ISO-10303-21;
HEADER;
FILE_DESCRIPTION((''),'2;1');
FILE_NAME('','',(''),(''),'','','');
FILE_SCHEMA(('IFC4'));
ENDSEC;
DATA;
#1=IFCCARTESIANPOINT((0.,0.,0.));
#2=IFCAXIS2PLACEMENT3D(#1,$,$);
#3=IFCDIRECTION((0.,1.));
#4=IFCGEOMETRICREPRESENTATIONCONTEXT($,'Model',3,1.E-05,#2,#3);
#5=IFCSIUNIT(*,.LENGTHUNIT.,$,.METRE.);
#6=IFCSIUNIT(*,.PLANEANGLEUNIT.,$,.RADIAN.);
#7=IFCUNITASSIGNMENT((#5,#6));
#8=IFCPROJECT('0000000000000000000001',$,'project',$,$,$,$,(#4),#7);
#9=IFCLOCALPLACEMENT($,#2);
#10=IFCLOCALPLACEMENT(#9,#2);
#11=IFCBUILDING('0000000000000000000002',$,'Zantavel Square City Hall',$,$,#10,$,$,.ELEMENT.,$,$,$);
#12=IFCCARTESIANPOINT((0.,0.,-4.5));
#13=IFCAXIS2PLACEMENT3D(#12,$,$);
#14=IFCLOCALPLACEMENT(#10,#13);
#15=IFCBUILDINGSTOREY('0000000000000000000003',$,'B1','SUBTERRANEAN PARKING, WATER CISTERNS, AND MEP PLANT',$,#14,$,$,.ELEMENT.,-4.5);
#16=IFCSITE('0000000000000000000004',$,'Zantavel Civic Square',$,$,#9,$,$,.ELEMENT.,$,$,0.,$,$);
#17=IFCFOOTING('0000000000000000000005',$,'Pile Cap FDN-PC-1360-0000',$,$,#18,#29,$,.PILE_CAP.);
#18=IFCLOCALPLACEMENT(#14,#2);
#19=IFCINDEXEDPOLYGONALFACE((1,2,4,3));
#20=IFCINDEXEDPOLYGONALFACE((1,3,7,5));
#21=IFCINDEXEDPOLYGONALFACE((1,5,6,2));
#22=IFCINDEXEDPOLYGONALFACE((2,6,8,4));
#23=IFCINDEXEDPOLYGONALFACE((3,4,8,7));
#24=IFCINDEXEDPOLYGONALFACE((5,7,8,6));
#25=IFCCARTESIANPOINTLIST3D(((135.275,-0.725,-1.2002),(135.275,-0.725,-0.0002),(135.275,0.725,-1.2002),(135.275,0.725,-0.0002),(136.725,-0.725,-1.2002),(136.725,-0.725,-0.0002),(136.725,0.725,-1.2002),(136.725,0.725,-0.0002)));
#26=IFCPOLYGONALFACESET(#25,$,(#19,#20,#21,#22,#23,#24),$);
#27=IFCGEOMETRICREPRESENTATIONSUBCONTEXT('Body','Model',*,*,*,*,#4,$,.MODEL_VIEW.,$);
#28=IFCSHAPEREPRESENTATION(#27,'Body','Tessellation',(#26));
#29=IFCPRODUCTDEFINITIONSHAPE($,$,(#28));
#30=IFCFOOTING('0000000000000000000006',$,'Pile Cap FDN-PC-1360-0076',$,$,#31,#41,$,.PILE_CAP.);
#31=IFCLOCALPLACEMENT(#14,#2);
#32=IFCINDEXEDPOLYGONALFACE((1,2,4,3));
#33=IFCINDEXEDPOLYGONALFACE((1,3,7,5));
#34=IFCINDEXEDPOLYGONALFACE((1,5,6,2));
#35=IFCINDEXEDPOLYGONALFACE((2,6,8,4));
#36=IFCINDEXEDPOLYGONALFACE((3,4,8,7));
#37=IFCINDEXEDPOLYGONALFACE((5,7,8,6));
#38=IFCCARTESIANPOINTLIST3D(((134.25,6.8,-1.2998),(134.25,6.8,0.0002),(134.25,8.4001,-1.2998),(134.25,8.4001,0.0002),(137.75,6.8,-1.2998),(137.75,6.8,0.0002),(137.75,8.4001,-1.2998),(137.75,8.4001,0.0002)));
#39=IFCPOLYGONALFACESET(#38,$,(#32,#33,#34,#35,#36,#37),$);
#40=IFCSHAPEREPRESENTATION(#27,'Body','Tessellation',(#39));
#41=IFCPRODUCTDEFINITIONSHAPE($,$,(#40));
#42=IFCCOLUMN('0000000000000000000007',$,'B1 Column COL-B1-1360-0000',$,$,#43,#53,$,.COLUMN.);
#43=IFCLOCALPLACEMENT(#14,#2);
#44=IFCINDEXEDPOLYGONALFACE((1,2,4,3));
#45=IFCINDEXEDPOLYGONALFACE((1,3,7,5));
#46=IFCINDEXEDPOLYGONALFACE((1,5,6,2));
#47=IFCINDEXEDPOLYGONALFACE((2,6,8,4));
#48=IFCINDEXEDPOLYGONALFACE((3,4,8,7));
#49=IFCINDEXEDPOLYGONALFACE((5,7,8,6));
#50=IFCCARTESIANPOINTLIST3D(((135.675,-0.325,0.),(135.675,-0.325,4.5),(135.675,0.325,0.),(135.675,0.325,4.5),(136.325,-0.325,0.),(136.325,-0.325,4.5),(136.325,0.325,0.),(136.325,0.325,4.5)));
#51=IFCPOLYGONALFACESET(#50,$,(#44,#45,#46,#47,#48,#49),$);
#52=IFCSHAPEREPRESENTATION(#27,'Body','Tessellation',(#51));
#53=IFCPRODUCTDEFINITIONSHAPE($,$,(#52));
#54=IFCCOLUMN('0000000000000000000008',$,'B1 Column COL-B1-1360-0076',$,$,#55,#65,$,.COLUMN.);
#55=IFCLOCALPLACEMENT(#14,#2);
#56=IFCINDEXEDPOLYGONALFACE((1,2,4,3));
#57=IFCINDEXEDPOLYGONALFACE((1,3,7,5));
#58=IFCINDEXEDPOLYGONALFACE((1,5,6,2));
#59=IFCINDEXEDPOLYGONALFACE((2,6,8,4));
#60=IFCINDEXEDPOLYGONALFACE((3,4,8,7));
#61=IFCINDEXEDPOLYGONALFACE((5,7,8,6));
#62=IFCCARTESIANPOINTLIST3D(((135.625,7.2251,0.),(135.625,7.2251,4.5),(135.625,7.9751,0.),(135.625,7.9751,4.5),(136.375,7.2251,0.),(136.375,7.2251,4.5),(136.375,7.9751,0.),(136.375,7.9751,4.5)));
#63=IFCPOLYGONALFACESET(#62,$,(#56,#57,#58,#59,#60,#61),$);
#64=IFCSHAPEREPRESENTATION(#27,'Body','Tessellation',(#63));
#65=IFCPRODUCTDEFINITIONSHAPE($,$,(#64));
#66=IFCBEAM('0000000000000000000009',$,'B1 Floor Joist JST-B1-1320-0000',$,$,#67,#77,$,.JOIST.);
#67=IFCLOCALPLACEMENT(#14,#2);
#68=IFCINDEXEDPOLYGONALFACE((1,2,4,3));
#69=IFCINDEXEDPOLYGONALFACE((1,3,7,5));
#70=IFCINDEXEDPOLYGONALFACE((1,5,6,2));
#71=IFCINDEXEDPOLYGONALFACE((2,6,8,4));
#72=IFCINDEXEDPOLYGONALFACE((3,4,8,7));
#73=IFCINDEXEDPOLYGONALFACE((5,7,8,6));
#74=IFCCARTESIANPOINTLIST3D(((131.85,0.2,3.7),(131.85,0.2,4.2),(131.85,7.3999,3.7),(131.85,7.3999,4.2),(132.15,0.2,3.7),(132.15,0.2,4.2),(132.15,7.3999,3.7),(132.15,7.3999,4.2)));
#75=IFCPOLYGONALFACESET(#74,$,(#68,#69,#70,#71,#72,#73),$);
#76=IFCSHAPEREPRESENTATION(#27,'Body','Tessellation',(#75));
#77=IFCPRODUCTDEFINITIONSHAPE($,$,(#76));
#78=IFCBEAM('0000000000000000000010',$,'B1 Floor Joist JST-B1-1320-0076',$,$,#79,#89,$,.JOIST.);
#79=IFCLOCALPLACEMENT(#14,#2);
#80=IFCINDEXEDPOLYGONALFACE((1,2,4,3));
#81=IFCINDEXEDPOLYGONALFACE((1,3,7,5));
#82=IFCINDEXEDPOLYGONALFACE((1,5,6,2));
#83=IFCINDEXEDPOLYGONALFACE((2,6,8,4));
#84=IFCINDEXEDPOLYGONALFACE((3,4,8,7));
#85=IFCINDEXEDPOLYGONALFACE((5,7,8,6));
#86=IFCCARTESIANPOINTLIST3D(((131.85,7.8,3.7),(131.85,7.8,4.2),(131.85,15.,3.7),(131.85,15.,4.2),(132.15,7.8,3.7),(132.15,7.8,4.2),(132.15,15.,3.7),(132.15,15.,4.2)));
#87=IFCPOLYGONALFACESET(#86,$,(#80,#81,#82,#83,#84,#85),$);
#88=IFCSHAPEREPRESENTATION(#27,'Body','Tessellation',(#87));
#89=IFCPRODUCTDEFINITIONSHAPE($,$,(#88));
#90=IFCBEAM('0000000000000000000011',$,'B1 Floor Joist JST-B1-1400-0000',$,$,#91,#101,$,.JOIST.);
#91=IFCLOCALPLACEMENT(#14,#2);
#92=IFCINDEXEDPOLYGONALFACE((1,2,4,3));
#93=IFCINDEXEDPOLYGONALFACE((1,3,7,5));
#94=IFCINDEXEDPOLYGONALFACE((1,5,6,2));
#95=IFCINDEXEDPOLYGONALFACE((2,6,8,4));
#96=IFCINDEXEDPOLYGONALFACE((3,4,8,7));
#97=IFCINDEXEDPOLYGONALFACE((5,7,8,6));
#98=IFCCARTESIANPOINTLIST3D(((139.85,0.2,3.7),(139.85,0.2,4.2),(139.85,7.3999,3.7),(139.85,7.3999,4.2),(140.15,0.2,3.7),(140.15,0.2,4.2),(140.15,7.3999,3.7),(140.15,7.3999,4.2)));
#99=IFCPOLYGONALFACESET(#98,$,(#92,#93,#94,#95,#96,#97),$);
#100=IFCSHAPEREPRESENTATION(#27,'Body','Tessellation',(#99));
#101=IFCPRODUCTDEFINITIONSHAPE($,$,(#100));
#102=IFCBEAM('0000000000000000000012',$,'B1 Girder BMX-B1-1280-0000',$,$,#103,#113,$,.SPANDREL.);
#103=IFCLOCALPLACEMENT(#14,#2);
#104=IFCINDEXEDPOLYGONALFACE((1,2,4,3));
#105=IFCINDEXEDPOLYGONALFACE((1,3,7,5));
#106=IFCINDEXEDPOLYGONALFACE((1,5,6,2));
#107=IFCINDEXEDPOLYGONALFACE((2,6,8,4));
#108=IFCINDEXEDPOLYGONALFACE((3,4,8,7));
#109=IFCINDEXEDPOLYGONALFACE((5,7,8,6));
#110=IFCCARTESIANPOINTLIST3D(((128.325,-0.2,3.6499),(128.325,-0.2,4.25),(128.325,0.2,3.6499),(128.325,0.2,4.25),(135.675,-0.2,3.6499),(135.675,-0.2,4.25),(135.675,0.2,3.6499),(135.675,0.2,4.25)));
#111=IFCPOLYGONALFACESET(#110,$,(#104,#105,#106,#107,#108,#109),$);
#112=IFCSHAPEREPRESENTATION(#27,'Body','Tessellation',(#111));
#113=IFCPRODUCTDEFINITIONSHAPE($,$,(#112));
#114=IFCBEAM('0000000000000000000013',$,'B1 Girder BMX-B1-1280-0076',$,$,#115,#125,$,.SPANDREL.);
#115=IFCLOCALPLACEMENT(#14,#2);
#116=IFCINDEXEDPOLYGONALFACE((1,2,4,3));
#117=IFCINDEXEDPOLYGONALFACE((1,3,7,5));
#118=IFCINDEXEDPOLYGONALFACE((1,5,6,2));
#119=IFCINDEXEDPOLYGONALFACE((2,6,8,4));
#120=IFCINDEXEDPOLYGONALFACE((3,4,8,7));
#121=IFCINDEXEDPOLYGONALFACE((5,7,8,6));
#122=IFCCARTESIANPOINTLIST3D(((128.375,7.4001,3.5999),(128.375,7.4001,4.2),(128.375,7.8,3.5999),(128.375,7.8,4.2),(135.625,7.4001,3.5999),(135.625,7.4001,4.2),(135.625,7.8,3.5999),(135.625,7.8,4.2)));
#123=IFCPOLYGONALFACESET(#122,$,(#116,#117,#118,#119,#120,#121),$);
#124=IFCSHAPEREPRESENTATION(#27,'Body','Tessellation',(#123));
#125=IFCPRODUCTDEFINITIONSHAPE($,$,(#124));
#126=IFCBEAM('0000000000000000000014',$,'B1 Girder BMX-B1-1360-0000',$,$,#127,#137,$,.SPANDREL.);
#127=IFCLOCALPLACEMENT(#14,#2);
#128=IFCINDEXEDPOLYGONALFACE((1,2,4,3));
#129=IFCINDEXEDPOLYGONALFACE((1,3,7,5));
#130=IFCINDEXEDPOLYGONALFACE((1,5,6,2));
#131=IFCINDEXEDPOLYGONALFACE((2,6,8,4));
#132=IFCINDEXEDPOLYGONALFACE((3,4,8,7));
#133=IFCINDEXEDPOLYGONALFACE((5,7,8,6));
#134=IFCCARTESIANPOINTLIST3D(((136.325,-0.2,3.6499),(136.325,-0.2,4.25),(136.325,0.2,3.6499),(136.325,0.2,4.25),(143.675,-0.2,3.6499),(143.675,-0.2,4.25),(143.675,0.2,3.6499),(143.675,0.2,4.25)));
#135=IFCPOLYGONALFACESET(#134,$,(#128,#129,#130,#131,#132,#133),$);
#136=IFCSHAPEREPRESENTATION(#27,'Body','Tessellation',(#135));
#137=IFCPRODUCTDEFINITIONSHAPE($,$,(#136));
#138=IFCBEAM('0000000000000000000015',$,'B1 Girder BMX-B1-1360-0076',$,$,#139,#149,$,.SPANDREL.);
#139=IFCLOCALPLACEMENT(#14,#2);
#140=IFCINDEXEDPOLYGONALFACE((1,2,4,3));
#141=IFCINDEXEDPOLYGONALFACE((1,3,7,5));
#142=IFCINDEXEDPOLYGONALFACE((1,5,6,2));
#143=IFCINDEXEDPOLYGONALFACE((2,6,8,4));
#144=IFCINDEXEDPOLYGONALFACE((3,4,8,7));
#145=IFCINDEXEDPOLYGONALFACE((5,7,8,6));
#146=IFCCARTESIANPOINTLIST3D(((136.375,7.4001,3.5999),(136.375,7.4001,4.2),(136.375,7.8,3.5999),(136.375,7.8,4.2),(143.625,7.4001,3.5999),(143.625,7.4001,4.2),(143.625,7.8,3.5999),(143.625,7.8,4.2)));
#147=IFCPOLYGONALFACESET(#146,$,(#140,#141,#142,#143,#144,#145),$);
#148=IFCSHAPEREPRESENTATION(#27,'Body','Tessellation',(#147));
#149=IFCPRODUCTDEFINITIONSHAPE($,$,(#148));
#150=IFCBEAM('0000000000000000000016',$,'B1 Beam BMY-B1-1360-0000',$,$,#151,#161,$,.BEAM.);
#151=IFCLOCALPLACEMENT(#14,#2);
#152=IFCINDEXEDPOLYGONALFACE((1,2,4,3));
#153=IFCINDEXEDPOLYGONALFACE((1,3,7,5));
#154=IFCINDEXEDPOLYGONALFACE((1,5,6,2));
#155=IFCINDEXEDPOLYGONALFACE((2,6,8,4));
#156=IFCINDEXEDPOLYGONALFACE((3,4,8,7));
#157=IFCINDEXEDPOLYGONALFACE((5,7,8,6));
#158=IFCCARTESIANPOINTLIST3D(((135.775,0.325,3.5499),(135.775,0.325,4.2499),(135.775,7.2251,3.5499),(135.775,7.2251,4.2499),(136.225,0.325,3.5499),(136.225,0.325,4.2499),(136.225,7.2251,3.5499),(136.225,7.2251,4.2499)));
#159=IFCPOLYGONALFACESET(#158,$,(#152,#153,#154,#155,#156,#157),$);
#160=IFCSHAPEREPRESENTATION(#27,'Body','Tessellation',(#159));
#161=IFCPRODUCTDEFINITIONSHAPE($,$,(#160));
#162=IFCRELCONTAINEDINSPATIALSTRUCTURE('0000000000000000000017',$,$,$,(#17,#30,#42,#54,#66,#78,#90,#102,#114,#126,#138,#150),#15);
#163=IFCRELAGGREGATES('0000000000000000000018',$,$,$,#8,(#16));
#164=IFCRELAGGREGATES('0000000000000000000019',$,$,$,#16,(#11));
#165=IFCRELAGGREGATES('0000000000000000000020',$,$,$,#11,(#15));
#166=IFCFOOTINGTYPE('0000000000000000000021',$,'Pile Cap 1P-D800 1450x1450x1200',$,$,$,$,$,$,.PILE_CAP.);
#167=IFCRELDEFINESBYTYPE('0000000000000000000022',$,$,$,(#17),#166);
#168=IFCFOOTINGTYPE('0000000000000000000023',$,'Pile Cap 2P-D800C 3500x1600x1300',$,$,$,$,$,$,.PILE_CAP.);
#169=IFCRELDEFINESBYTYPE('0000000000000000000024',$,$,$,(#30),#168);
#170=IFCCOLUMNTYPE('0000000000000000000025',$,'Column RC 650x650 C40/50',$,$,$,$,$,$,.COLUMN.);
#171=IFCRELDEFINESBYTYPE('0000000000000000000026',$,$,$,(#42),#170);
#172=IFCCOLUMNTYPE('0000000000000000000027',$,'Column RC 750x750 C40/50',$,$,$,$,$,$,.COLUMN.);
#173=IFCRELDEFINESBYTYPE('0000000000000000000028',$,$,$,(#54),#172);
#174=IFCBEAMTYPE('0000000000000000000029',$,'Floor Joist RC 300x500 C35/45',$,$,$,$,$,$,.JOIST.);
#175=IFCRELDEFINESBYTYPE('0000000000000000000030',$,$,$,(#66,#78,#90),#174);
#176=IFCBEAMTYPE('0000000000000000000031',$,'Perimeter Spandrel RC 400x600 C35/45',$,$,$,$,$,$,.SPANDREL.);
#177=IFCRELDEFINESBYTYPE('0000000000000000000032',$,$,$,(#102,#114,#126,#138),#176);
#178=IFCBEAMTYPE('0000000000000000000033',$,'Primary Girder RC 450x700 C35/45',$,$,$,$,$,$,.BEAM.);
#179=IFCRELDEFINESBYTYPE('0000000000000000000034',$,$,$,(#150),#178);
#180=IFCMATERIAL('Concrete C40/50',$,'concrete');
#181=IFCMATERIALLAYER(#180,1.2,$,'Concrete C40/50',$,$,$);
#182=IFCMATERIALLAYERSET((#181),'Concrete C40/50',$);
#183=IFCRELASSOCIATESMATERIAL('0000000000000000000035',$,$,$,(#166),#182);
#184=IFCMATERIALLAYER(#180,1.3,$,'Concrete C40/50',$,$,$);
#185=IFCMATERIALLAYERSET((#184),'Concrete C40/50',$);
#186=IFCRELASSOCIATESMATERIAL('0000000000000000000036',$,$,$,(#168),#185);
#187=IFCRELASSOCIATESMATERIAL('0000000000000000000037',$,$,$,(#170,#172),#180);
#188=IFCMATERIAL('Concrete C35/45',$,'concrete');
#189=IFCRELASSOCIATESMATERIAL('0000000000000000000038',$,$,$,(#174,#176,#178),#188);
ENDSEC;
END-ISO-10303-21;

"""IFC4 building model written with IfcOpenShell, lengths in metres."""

from ifc_helpers import new_model, si_unit, direction, frame, origin, origin_2d, place, context, subcontext, project, spatial, rectangle, extrude, material, layer, layer_set, material_profile, profile_set, type_object, element, save


model = new_model("IFC4")

# Units and contexts
model_context = context("Model", 3, precision=1e-05, world=origin(), true_north=direction((0.0, 1.0)))
body_context = subcontext(model_context, "Body", "Model", "MODEL_VIEW")
ifc_project = project(units=[si_unit("LENGTHUNIT", "METRE"), si_unit("PLANEANGLEUNIT", "RADIAN")], contexts=[model_context])

# Site, building, storey
site_placement = place(None, origin())
site = spatial("IfcSite", under=ifc_project, at=site_placement, Name="Zantavel Civic Square", CompositionType="ELEMENT", RefElevation=0.0)
building_placement = place(site_placement, origin())
building = spatial("IfcBuilding", under=site, at=building_placement, Name="Zantavel Square City Hall", CompositionType="ELEMENT")
storey_placement = place(building_placement, frame((0.0, 0.0, -4.5)))
storey = spatial("IfcBuildingStorey", under=building, at=storey_placement, Name="B1", Description="SUBTERRANEAN PARKING, WATER CISTERNS, AND MEP PLANT", CompositionType="ELEMENT", Elevation=-4.5)

# Shared definitions
ifc_material_1 = material(Name="Concrete C35/45", Category="concrete")

# Footings
ifc_material_2 = material(Name="Concrete C40/50", Category="concrete")
ifc_layer_1 = layer(ifc_material_2, 1.2, Name="Concrete C40/50")
ifc_layer_set_1 = layer_set([ifc_layer_1], Name="Concrete C40/50")
footing_type_1 = type_object("IfcFootingType", Name="Pile Cap 1P-D800 1450x1450x1200", PredefinedType="PILE_CAP", material=ifc_layer_set_1)
footing_1_placement = place(storey_placement, frame((136.0, 0.0, -1.2002), z_axis=(0.0, 0.0, 1.0), x_axis=(1.0, 0.0, 0.0)))
element("IfcFooting", 1, at=footing_1_placement, inside=storey, type_object=footing_type_1, Name="Pile Cap FDN-PC-1360-0000", PredefinedType="PILE_CAP", context=body_context, shape_type="SweptSolid", body=[
    extrude(rectangle(XDim=1.45, YDim=1.45, at=origin_2d()), origin(), (0.0, 0.0, 1.0), 1.2),
])
ifc_layer_2 = layer(ifc_material_2, 1.3, Name="Concrete C40/50")
ifc_layer_set_2 = layer_set([ifc_layer_2], Name="Concrete C40/50")
footing_type_2 = type_object("IfcFootingType", Name="Pile Cap 2P-D800C 3500x1600x1300", PredefinedType="PILE_CAP", material=ifc_layer_set_2)
footing_2_placement = place(storey_placement, frame((136.0, 7.6001, -1.2998), z_axis=(0.0, 0.0, 1.0), x_axis=(1.0, 0.0, 0.0)))
element("IfcFooting", 2, at=footing_2_placement, inside=storey, type_object=footing_type_2, Name="Pile Cap FDN-PC-1360-0076", PredefinedType="PILE_CAP", context=body_context, shape_type="SweptSolid", body=[
    extrude(rectangle(XDim=3.5, YDim=1.6001, at=origin_2d()), origin(), (0.0, 0.0, 1.0), 1.3),
])

# Columns
ifc_material_profile_1 = material_profile(ifc_material_2, rectangle(XDim=0.6499, YDim=0.6499, at=origin_2d()), Name="RC 650x650")
ifc_profile_set_1 = profile_set([ifc_material_profile_1], Name="Concrete C40/50")
column_type_1 = type_object("IfcColumnType", Name="Column RC 650x650 C40/50", PredefinedType="COLUMN", material=ifc_profile_set_1)
column_1_placement = place(storey_placement, frame((136.0, 0.0, 0.0), z_axis=(0.0, 0.0, 1.0), x_axis=(1.0, 0.0, 0.0)))
element("IfcColumn", 3, at=column_1_placement, inside=storey, type_object=column_type_1, Name="B1 Column COL-B1-1360-0000", PredefinedType="COLUMN", context=body_context, shape_type="SweptSolid", body=[
    extrude(rectangle(XDim=0.6499, YDim=0.6499, at=origin_2d()), origin(), (0.0, 0.0, 1.0), 4.5),
])
ifc_material_profile_2 = material_profile(ifc_material_2, rectangle(XDim=0.75, YDim=0.75, at=origin_2d()), Name="RC 750x750")
ifc_profile_set_2 = profile_set([ifc_material_profile_2], Name="Concrete C40/50")
column_type_2 = type_object("IfcColumnType", Name="Column RC 750x750 C40/50", PredefinedType="COLUMN", material=ifc_profile_set_2)
column_2_placement = place(storey_placement, frame((136.0, 7.6001, 0.0), z_axis=(0.0, 0.0, 1.0), x_axis=(1.0, 0.0, 0.0)))
element("IfcColumn", 4, at=column_2_placement, inside=storey, type_object=column_type_2, Name="B1 Column COL-B1-1360-0076", PredefinedType="COLUMN", context=body_context, shape_type="SweptSolid", body=[
    extrude(rectangle(XDim=0.75, YDim=0.75, at=origin_2d()), origin(), (0.0, 0.0, 1.0), 4.5),
])

# Beams
ifc_material_profile_3 = material_profile(ifc_material_1, rectangle(XDim=0.3, YDim=0.5, at=origin_2d()), Name="RC 300x500")
ifc_profile_set_3 = profile_set([ifc_material_profile_3], Name="Concrete C35/45")
beam_type_1 = type_object("IfcBeamType", Name="Floor Joist RC 300x500 C35/45", PredefinedType="JOIST", material=ifc_profile_set_3)
for number, where, z_axis, x_axis, name in (
    (5, (132.0, 0.2, 3.95), (0.0, 1.0, 0.0), (-1.0, 0.0, 0.0), "B1 Floor Joist JST-B1-1320-0000"),
    (6, (132.0, 7.8, 3.95), (0.0, 1.0, 0.0), (-1.0, 0.0, 0.0), "B1 Floor Joist JST-B1-1320-0076"),
    (7, (140.0, 0.2, 3.95), (0.0, 1.0, 0.0), (-1.0, 0.0, 0.0), "B1 Floor Joist JST-B1-1400-0000"),
):
    element("IfcBeam", number, at=place(storey_placement, frame(where, z_axis=z_axis, x_axis=x_axis)), inside=storey, type_object=beam_type_1, Name=name, PredefinedType="JOIST", context=body_context, shape_type="SweptSolid", body=[
        extrude(rectangle(XDim=0.3, YDim=0.5, at=origin_2d()), origin(), (0.0, 0.0, 1.0), 7.2),
    ])
ifc_material_profile_4 = material_profile(ifc_material_1, rectangle(XDim=0.3999, YDim=0.6001, at=origin_2d()), Name="RC 400x600")
ifc_profile_set_4 = profile_set([ifc_material_profile_4], Name="Concrete C35/45")
beam_type_2 = type_object("IfcBeamType", Name="Perimeter Spandrel RC 400x600 C35/45", PredefinedType="SPANDREL", material=ifc_profile_set_4)
beam_1_placement = place(storey_placement, frame((128.325, 0.0, 3.95), z_axis=(1.0, 0.0, 0.0), x_axis=(0.0, 1.0, 0.0)))
element("IfcBeam", 8, at=beam_1_placement, inside=storey, type_object=beam_type_2, Name="B1 Girder BMX-B1-1280-0000", PredefinedType="SPANDREL", context=body_context, shape_type="SweptSolid", body=[
    extrude(rectangle(XDim=0.3999, YDim=0.6001, at=origin_2d()), origin(), (0.0, 0.0, 1.0), 7.3501),
])
beam_2_placement = place(storey_placement, frame((128.375, 7.6001, 3.8999), z_axis=(1.0, 0.0, 0.0), x_axis=(0.0, 1.0, 0.0)))
element("IfcBeam", 9, at=beam_2_placement, inside=storey, type_object=beam_type_2, Name="B1 Girder BMX-B1-1280-0076", PredefinedType="SPANDREL", context=body_context, shape_type="SweptSolid", body=[
    extrude(rectangle(XDim=0.3999, YDim=0.6001, at=origin_2d()), origin(), (0.0, 0.0, 1.0), 7.25),
])
beam_3_placement = place(storey_placement, frame((136.325, 0.0, 3.95), z_axis=(1.0, 0.0, 0.0), x_axis=(0.0, 1.0, 0.0)))
element("IfcBeam", 10, at=beam_3_placement, inside=storey, type_object=beam_type_2, Name="B1 Girder BMX-B1-1360-0000", PredefinedType="SPANDREL", context=body_context, shape_type="SweptSolid", body=[
    extrude(rectangle(XDim=0.3999, YDim=0.6001, at=origin_2d()), origin(), (0.0, 0.0, 1.0), 7.3501),
])
beam_4_placement = place(storey_placement, frame((136.375, 7.6001, 3.8999), z_axis=(1.0, 0.0, 0.0), x_axis=(0.0, 1.0, 0.0)))
element("IfcBeam", 11, at=beam_4_placement, inside=storey, type_object=beam_type_2, Name="B1 Girder BMX-B1-1360-0076", PredefinedType="SPANDREL", context=body_context, shape_type="SweptSolid", body=[
    extrude(rectangle(XDim=0.3999, YDim=0.6001, at=origin_2d()), origin(), (0.0, 0.0, 1.0), 7.25),
])
ifc_material_profile_5 = material_profile(ifc_material_1, rectangle(XDim=0.45, YDim=0.7, at=origin_2d()), Name="RC 450x700")
ifc_profile_set_5 = profile_set([ifc_material_profile_5], Name="Concrete C35/45")
beam_type_3 = type_object("IfcBeamType", Name="Primary Girder RC 450x700 C35/45", PredefinedType="BEAM", material=ifc_profile_set_5)
beam_5_placement = place(storey_placement, frame((136.0, 0.325, 3.8999), z_axis=(0.0, 1.0, 0.0), x_axis=(-1.0, 0.0, 0.0)))
element("IfcBeam", 12, at=beam_5_placement, inside=storey, type_object=beam_type_3, Name="B1 Beam BMY-B1-1360-0000", PredefinedType="BEAM", context=body_context, shape_type="SweptSolid", body=[
    extrude(rectangle(XDim=0.45, YDim=0.7, at=origin_2d()), origin(), (0.0, 0.0, 1.0), 6.9001),
])

save(model, "model.ifc")
